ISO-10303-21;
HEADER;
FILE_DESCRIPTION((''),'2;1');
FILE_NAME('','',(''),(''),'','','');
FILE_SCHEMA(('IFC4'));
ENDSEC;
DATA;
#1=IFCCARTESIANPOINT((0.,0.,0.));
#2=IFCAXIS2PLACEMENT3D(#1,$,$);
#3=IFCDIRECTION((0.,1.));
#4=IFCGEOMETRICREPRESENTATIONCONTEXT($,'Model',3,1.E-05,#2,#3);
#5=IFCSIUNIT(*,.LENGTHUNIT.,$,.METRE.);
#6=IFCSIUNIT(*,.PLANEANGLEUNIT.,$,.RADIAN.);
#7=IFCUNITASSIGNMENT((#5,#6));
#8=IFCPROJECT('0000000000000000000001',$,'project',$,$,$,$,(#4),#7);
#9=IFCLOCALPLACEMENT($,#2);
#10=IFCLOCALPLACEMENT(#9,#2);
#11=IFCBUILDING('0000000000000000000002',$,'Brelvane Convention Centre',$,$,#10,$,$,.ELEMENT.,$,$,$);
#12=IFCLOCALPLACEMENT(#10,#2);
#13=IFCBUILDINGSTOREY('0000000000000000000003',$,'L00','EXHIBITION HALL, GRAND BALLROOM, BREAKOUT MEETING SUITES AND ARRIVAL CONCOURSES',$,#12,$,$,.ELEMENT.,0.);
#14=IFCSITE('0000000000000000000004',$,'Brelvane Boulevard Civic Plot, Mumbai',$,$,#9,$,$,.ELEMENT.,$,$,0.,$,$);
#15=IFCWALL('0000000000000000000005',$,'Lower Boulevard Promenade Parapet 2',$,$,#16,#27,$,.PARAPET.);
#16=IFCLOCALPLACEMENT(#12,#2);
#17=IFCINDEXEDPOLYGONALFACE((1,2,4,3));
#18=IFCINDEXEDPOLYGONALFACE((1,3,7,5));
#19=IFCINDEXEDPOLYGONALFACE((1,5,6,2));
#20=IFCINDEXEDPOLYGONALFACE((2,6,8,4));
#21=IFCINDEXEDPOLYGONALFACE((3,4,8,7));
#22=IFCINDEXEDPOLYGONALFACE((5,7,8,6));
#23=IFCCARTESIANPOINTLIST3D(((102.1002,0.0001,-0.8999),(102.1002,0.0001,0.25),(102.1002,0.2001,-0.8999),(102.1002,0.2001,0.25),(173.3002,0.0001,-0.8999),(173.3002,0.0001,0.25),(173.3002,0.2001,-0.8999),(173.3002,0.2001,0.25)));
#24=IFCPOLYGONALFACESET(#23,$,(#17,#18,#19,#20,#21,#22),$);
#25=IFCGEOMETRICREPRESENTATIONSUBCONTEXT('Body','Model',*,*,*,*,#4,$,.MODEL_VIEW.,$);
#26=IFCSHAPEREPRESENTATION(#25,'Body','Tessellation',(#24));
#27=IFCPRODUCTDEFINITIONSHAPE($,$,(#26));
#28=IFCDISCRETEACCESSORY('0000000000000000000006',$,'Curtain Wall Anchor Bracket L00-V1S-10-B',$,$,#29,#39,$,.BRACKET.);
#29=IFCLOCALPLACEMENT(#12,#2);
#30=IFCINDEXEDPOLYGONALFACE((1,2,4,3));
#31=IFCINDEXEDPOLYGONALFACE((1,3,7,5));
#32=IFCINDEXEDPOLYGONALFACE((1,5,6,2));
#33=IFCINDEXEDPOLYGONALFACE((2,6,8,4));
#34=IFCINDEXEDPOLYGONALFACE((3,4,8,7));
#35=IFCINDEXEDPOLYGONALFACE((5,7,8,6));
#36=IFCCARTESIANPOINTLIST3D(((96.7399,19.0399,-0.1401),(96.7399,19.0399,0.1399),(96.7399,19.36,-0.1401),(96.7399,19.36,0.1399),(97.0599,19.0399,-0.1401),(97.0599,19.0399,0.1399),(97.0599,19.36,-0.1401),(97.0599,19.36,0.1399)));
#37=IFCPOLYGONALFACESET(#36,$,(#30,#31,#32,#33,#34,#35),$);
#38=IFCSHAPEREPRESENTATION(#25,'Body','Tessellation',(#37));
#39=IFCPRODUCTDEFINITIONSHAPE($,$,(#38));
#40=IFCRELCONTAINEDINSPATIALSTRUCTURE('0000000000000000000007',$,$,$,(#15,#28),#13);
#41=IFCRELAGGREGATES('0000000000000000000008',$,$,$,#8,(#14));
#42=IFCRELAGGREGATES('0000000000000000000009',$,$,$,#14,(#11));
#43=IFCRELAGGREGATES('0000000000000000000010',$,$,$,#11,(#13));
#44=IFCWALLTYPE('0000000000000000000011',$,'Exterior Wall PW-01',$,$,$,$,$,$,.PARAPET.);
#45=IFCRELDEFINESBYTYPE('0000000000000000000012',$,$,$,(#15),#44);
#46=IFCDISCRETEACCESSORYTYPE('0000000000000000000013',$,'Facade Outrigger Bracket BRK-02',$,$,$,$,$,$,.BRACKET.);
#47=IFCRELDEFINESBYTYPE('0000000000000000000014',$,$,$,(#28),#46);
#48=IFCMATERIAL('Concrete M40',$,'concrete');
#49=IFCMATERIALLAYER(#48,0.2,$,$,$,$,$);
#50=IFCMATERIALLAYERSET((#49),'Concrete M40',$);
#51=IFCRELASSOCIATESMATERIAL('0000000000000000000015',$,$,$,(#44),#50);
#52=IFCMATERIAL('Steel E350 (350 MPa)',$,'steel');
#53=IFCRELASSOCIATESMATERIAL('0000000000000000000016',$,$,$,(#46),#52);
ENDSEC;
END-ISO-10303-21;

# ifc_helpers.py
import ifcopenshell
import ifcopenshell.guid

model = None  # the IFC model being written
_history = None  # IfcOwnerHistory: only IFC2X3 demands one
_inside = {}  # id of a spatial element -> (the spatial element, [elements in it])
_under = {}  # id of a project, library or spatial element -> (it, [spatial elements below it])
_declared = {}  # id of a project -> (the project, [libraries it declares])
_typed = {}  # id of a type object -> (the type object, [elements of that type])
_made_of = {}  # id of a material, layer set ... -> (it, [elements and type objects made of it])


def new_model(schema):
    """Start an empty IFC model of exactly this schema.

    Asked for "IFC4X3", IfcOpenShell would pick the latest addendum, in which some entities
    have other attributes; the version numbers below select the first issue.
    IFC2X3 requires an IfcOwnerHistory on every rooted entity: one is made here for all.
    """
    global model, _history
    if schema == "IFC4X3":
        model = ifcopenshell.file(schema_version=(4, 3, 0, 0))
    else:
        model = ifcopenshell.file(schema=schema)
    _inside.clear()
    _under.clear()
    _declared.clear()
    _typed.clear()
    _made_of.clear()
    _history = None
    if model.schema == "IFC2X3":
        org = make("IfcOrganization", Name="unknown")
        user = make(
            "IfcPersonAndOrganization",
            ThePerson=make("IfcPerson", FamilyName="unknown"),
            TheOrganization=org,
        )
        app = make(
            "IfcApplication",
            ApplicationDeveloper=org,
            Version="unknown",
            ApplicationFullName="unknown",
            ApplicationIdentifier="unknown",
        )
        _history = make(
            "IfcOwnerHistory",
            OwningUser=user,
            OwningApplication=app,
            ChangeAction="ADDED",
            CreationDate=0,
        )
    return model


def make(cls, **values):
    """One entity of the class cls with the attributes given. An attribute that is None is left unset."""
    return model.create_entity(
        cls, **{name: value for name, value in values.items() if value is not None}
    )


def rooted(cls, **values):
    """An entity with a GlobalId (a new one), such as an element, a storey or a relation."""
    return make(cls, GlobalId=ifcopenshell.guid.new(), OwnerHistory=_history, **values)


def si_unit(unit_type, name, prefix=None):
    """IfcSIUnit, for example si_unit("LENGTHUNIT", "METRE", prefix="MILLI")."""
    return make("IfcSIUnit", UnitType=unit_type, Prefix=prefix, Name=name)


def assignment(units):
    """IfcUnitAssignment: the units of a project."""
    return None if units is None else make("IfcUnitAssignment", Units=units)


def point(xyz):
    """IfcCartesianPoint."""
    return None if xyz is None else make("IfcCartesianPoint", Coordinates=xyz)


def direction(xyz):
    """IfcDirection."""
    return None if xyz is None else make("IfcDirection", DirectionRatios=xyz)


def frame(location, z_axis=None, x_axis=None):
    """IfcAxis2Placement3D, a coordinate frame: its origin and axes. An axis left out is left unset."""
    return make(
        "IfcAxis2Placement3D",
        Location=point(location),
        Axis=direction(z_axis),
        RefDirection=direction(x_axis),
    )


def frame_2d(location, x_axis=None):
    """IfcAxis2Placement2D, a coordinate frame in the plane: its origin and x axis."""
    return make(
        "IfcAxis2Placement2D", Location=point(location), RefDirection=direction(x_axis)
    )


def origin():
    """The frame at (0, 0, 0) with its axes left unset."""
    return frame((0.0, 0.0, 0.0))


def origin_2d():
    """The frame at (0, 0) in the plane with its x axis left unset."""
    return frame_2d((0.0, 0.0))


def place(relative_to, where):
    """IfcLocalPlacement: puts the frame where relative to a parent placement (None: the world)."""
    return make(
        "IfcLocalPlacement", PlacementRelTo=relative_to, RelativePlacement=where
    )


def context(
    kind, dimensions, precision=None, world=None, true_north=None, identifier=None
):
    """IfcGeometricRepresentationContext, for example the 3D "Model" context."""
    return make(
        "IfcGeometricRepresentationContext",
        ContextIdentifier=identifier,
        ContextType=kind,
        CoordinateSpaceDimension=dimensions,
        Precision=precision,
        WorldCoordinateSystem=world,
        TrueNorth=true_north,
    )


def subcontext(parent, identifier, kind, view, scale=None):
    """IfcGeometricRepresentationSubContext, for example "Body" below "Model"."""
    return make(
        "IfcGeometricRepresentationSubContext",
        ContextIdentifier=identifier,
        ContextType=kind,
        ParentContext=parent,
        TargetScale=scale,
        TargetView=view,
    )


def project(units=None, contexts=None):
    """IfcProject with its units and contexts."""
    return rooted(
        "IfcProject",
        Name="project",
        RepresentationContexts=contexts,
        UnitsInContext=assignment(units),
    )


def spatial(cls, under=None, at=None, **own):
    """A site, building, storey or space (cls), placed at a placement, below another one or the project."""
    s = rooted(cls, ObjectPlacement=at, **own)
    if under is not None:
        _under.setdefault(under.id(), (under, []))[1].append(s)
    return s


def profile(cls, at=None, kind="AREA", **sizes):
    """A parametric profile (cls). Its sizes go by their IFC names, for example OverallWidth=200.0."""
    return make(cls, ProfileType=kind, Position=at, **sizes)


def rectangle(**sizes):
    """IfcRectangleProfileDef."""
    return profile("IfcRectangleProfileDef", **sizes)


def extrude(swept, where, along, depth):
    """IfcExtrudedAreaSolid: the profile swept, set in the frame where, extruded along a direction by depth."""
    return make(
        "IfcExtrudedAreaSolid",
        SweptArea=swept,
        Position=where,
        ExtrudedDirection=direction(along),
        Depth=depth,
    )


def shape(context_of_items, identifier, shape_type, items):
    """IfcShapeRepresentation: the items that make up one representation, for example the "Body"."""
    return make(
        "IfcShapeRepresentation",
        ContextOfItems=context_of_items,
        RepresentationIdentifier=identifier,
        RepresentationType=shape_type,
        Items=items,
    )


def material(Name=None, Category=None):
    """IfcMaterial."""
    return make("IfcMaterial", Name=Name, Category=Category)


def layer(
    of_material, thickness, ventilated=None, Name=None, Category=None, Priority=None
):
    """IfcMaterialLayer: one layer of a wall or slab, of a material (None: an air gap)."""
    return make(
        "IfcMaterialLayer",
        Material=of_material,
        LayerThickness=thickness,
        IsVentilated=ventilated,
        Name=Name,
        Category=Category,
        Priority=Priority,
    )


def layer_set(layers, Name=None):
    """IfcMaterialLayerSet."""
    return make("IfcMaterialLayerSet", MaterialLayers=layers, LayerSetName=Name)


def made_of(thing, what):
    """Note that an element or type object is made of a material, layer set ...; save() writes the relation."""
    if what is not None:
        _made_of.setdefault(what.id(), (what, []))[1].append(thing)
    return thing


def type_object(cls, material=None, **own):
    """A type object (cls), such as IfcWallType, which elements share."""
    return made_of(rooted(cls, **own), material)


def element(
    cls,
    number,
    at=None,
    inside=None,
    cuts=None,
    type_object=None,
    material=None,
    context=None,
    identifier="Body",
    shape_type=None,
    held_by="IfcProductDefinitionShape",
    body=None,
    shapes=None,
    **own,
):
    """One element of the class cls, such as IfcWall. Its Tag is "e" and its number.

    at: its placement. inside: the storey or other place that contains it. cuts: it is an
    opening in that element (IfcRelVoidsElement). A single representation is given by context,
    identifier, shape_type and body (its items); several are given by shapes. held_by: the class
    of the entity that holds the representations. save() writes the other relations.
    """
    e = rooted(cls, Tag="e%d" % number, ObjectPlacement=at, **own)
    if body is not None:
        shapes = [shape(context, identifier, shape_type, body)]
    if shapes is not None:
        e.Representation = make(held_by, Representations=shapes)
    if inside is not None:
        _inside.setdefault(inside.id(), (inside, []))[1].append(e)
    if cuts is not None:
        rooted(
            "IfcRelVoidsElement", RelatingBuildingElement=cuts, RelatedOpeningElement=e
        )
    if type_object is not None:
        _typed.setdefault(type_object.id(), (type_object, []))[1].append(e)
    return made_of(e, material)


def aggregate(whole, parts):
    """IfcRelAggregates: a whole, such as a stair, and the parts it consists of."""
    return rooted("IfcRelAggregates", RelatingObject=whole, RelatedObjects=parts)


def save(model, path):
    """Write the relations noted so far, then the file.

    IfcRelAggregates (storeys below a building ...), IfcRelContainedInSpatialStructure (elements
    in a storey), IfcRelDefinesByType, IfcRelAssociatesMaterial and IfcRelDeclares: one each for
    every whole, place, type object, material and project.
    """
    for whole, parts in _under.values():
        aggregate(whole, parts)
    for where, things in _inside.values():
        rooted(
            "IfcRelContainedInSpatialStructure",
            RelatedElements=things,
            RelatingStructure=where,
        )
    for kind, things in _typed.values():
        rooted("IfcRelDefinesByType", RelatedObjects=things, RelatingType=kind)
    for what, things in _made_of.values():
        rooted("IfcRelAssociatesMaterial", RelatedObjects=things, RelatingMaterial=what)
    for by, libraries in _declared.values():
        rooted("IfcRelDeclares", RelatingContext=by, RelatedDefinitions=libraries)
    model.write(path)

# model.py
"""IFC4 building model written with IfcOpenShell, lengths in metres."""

from ifc_helpers import new_model, si_unit, direction, frame, frame_2d, origin, origin_2d, place, context, subcontext, project, spatial, rectangle, extrude, material, layer, layer_set, type_object, element, save


model = new_model("IFC4")

# Units and contexts
model_context = context("Model", 3, precision=1e-05, world=origin(), true_north=direction((0.0, 1.0)))
body_context = subcontext(model_context, "Body", "Model", "MODEL_VIEW")
ifc_project = project(units=[si_unit("LENGTHUNIT", "METRE"), si_unit("PLANEANGLEUNIT", "RADIAN")], contexts=[model_context])

# Site, building, storey
site_placement = place(None, origin())
site = spatial("IfcSite", under=ifc_project, at=site_placement, Name="Brelvane Boulevard Civic Plot, Mumbai", CompositionType="ELEMENT", RefElevation=0.0)
building_placement = place(site_placement, origin())
building = spatial("IfcBuilding", under=site, at=building_placement, Name="Brelvane Convention Centre", CompositionType="ELEMENT")
storey_placement = place(building_placement, origin())
storey = spatial("IfcBuildingStorey", under=building, at=storey_placement, Name="L00", Description="EXHIBITION HALL, GRAND BALLROOM, BREAKOUT MEETING SUITES AND ARRIVAL CONCOURSES", CompositionType="ELEMENT", Elevation=0.0)

# Wall
ifc_material_1 = material(Name="Concrete M40", Category="concrete")
ifc_layer_1 = layer(ifc_material_1, 0.2)
ifc_layer_set_1 = layer_set([ifc_layer_1], Name="Concrete M40")
wall_type = type_object("IfcWallType", Name="Exterior Wall PW-01", PredefinedType="PARAPET", material=ifc_layer_set_1)
wall_1_placement = place(storey_placement, frame((102.1001, 0.1001, -0.8999), z_axis=(0.0, 0.0, 1.0), x_axis=(1.0, 0.0, 0.0)))
element("IfcWall", 1, at=wall_1_placement, inside=storey, type_object=wall_type, Name="Lower Boulevard Promenade Parapet 2", PredefinedType="PARAPET", context=body_context, shape_type="SweptSolid", body=[
    extrude(rectangle(XDim=71.2, YDim=0.2, at=frame_2d((35.6001, 0.0))), origin(), (0.0, 0.0, 1.0), 1.1499),
])

# Discrete accessory
ifc_material_2 = material(Name="Steel E350 (350 MPa)", Category="steel")
discrete_accessory_type = type_object("IfcDiscreteAccessoryType", Name="Facade Outrigger Bracket BRK-02", PredefinedType="BRACKET", material=ifc_material_2)
discrete_accessory_placement = place(storey_placement, frame((96.8999, 19.2, -0.1401), z_axis=(0.0, 0.0, 1.0), x_axis=(1.0, 0.0, 0.0)))
element("IfcDiscreteAccessory", 2, at=discrete_accessory_placement, inside=storey, type_object=discrete_accessory_type, Name="Curtain Wall Anchor Bracket L00-V1S-10-B", PredefinedType="BRACKET", context=body_context, shape_type="SweptSolid", body=[
    extrude(rectangle(XDim=0.3201, YDim=0.3201, at=origin_2d()), origin(), (0.0, 0.0, 1.0), 0.28),
])

save(model, "model.ifc")
